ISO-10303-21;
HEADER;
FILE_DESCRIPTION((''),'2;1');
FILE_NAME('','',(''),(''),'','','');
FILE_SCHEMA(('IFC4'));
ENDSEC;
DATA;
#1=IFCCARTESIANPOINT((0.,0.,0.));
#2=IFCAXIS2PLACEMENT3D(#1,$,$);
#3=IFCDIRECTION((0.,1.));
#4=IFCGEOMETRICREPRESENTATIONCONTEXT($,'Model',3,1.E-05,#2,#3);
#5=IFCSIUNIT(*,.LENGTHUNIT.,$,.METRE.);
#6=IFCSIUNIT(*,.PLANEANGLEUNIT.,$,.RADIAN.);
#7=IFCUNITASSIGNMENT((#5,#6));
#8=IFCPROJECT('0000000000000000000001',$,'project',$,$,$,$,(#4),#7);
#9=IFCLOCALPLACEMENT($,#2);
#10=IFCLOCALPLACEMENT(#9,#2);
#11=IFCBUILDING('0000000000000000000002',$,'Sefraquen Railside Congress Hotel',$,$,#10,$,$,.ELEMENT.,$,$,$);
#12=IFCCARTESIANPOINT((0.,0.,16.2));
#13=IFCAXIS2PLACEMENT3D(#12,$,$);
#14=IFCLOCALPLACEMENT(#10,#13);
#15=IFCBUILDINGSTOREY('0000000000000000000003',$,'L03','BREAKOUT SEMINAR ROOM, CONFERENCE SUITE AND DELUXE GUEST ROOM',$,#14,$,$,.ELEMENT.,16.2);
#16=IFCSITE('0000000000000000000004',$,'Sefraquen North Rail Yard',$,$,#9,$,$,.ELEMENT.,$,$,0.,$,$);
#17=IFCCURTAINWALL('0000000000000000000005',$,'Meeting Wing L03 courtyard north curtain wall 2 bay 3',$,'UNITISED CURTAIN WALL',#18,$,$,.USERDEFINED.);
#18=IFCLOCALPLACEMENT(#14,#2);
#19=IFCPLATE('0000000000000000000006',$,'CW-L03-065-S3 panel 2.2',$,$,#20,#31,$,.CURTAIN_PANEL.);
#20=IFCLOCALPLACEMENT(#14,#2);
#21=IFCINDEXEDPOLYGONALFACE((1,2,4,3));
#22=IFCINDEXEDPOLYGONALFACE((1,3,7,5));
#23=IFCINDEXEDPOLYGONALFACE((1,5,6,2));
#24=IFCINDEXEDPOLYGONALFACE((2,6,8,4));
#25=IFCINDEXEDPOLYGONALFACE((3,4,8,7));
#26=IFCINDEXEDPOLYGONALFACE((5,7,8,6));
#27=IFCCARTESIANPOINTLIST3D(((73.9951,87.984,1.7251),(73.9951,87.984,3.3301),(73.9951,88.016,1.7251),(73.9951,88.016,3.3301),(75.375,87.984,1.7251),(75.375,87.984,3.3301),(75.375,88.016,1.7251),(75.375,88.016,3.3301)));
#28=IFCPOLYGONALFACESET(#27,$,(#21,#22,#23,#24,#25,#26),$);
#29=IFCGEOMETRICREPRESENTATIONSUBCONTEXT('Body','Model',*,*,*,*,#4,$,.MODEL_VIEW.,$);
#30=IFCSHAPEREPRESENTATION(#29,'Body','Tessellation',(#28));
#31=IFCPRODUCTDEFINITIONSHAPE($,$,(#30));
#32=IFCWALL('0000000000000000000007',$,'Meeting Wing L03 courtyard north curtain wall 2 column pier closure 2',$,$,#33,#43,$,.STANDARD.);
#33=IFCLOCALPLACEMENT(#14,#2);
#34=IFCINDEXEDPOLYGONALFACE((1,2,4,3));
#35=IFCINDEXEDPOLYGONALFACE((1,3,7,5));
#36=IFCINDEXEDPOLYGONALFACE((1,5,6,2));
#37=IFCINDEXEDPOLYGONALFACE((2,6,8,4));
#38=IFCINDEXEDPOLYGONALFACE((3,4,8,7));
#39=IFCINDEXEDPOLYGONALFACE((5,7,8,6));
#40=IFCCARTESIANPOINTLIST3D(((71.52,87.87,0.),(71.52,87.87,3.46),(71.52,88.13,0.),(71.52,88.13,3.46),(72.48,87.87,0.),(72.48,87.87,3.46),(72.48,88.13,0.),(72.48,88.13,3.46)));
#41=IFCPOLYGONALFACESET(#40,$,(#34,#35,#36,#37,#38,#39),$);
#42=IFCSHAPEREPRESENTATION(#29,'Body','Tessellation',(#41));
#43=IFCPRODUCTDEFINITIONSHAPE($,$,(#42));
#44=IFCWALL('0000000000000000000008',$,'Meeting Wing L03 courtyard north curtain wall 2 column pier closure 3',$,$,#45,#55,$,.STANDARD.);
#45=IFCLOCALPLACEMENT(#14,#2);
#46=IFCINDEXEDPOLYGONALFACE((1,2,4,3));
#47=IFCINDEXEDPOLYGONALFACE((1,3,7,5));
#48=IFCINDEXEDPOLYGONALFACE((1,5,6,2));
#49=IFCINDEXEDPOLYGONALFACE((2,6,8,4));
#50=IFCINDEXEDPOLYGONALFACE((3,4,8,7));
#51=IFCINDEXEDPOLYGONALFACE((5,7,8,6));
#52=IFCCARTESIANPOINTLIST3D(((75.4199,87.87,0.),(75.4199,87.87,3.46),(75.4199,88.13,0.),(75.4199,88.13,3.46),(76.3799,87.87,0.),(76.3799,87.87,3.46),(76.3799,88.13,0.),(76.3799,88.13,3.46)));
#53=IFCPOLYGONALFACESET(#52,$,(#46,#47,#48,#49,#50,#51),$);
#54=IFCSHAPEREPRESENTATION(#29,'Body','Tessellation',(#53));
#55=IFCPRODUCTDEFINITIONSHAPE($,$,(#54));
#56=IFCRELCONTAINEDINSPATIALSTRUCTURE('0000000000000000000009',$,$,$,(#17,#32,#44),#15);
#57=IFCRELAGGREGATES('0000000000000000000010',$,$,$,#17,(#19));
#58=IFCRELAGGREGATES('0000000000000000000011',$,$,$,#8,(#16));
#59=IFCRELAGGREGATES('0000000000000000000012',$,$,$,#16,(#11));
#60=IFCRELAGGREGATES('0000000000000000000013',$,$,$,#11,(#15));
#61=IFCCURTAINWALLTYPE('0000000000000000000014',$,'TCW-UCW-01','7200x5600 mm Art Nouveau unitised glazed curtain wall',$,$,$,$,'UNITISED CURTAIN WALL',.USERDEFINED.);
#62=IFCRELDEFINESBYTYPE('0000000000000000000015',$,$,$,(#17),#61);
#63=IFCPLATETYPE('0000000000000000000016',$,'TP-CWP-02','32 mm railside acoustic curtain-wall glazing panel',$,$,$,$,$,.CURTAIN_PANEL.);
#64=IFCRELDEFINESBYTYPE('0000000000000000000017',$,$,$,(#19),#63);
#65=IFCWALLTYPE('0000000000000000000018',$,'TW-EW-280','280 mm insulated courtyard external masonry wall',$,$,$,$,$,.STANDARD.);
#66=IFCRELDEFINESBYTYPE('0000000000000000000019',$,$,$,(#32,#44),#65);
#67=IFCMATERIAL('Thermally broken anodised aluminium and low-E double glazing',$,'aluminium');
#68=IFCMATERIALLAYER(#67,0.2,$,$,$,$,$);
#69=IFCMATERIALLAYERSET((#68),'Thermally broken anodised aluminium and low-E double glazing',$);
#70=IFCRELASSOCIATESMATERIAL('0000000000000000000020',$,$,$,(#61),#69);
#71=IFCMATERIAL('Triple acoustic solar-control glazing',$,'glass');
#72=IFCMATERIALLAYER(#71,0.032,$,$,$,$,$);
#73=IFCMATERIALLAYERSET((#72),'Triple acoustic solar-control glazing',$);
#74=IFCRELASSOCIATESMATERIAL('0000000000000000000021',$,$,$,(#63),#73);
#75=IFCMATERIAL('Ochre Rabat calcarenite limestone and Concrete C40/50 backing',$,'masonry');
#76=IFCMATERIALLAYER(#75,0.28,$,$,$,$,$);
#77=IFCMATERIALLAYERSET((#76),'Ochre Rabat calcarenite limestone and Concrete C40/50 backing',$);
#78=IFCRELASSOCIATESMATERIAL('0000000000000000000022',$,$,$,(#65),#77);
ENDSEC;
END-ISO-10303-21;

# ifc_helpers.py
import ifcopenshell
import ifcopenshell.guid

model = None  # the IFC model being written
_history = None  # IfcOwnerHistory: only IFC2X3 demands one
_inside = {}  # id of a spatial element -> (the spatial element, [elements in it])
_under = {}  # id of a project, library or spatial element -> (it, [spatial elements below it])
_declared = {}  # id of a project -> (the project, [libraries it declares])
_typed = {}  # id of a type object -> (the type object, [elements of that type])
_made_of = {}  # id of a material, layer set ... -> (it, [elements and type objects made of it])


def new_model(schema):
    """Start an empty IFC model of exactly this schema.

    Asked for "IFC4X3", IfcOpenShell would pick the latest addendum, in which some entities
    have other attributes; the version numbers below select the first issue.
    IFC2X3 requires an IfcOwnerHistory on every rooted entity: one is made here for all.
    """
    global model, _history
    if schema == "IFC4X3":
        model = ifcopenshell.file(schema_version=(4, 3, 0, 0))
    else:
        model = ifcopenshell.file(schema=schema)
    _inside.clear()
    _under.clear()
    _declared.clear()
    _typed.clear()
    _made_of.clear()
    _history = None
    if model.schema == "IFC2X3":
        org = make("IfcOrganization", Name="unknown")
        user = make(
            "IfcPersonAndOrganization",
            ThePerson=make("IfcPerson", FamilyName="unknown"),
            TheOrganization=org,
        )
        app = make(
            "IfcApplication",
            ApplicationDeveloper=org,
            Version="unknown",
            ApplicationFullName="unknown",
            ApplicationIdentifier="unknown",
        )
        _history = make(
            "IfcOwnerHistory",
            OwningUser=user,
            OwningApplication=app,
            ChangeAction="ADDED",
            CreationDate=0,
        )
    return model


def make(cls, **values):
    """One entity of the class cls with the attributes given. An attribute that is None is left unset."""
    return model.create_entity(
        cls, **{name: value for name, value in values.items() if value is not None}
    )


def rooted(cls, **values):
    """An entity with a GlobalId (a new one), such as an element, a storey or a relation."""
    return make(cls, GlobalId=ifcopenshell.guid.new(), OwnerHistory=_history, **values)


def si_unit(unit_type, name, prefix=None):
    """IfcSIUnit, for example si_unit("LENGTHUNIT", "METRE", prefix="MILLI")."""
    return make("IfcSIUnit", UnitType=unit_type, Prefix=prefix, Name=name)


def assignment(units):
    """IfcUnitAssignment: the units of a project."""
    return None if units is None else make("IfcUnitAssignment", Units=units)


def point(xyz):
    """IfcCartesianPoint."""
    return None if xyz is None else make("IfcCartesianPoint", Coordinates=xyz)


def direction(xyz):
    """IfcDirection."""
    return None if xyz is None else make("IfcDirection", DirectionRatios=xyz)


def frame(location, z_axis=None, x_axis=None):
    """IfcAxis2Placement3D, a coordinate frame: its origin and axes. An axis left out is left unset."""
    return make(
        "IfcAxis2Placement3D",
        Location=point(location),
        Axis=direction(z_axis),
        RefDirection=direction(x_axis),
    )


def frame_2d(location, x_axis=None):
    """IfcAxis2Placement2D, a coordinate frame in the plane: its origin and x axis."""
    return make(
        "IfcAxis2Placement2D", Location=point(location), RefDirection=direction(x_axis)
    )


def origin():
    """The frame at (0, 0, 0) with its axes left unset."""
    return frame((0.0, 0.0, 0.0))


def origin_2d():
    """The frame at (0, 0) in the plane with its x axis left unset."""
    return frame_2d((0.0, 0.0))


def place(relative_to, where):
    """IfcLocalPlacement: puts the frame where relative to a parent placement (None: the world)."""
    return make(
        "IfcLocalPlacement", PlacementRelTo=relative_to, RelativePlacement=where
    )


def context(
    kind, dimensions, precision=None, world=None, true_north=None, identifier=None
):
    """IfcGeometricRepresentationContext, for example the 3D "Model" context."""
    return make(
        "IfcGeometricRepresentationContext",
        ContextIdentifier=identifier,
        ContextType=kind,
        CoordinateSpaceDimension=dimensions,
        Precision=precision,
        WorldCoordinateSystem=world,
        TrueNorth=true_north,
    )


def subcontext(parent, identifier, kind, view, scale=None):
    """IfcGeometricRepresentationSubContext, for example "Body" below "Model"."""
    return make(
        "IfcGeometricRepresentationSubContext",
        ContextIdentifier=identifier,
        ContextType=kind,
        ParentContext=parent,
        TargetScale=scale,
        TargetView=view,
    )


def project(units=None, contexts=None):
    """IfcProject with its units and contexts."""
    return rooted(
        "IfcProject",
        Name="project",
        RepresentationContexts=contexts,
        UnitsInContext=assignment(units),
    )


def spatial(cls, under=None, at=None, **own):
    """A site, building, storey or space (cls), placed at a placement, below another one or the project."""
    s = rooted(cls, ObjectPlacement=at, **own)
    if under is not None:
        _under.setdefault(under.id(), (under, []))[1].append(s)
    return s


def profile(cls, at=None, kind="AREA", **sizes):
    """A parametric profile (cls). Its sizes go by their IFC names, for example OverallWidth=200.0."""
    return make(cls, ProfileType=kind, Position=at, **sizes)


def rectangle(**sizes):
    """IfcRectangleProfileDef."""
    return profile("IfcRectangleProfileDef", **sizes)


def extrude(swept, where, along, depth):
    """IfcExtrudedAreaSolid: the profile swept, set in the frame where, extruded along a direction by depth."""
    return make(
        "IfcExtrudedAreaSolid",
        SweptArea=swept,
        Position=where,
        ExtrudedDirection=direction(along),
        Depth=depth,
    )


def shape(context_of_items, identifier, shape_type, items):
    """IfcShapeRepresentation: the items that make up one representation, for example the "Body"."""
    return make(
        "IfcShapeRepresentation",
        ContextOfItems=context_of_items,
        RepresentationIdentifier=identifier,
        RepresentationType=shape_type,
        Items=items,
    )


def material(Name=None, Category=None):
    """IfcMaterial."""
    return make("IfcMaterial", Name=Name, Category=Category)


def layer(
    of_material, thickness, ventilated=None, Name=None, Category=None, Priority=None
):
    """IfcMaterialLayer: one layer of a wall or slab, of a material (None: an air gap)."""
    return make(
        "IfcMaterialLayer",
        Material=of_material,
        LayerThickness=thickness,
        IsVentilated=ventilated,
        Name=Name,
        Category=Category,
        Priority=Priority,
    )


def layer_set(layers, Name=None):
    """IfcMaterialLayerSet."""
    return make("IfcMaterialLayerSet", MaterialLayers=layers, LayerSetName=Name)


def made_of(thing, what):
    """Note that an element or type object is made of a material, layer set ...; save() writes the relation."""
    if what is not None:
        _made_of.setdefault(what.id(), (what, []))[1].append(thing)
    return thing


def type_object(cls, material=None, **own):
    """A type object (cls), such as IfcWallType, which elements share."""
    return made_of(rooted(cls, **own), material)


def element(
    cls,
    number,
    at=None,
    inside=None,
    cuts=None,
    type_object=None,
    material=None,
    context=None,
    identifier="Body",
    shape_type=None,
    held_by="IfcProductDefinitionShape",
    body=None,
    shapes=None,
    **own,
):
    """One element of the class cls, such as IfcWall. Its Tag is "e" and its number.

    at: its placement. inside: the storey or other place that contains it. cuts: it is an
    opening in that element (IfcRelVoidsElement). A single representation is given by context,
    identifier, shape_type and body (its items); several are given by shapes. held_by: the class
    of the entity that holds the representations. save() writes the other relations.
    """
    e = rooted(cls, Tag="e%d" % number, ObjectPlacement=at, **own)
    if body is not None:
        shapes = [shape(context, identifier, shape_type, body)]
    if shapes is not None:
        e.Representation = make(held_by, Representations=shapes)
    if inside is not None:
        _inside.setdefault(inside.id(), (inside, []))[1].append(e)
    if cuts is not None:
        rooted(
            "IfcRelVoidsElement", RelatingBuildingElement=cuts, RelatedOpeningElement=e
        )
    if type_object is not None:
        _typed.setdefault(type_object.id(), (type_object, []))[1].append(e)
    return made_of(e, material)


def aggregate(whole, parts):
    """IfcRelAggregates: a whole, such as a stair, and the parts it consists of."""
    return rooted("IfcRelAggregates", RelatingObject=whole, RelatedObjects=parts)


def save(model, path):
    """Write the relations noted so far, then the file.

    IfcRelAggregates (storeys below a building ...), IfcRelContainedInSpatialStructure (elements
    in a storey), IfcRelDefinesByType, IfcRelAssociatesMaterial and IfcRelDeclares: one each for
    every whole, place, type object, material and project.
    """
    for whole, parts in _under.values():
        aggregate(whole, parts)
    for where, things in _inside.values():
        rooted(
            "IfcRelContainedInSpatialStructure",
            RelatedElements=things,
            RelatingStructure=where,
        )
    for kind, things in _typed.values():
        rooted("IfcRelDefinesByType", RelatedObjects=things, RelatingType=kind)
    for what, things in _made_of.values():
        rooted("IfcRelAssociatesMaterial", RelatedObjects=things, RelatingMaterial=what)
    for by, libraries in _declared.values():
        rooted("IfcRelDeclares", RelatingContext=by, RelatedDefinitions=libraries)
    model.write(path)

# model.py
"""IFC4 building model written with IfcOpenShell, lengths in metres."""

from ifc_helpers import new_model, si_unit, direction, frame, frame_2d, origin, origin_2d, place, context, subcontext, project, spatial, rectangle, extrude, material, layer, layer_set, type_object, element, aggregate, save


model = new_model("IFC4")

# Units and contexts
model_context = context("Model", 3, precision=1e-05, world=origin(), true_north=direction((0.0, 1.0)))
body_context = subcontext(model_context, "Body", "Model", "MODEL_VIEW")
ifc_project = project(units=[si_unit("LENGTHUNIT", "METRE"), si_unit("PLANEANGLEUNIT", "RADIAN")], contexts=[model_context])

# Site, building, storey
site_placement = place(None, origin())
site = spatial("IfcSite", under=ifc_project, at=site_placement, Name="Sefraquen North Rail Yard", CompositionType="ELEMENT", RefElevation=0.0)
building_placement = place(site_placement, origin())
building = spatial("IfcBuilding", under=site, at=building_placement, Name="Sefraquen Railside Congress Hotel", CompositionType="ELEMENT")
storey_placement = place(building_placement, frame((0.0, 0.0, 16.2)))
storey = spatial("IfcBuildingStorey", under=building, at=storey_placement, Name="L03", Description="BREAKOUT SEMINAR ROOM, CONFERENCE SUITE AND DELUXE GUEST ROOM", CompositionType="ELEMENT", Elevation=16.2)

# Curtain wall
ifc_material_1 = material(Name="Thermally broken anodised aluminium and low-E double glazing", Category="aluminium")
ifc_layer_1 = layer(ifc_material_1, 0.2)
ifc_layer_set_1 = layer_set([ifc_layer_1], Name="Thermally broken anodised aluminium and low-E double glazing")
curtain_wall_type = type_object("IfcCurtainWallType", Name="TCW-UCW-01", Description="7200x5600 mm Art Nouveau unitised glazed curtain wall", ElementType="UNITISED CURTAIN WALL", PredefinedType="USERDEFINED", material=ifc_layer_set_1)
curtain_wall_1_placement = place(storey_placement, origin())
curtain_wall_1 = element("IfcCurtainWall", 1, at=curtain_wall_1_placement, inside=storey, type_object=curtain_wall_type, Name="Meeting Wing L03 courtyard north curtain wall 2 bay 3", ObjectType="UNITISED CURTAIN WALL", PredefinedType="USERDEFINED")

# Plate
ifc_material_2 = material(Name="Triple acoustic solar-control glazing", Category="glass")
ifc_layer_2 = layer(ifc_material_2, 0.032)
ifc_layer_set_2 = layer_set([ifc_layer_2], Name="Triple acoustic solar-control glazing")
plate_type_1 = type_object("IfcPlateType", Name="TP-CWP-02", Description="32 mm railside acoustic curtain-wall glazing panel", PredefinedType="CURTAIN_PANEL", material=ifc_layer_set_2)
plate_1_placement = place(storey_placement, frame((74.6851, 88.0, 1.7251), z_axis=(0.0, 0.0, 1.0), x_axis=(1.0, 0.0, 0.0)))
plate_1 = element("IfcPlate", 2, at=plate_1_placement, type_object=plate_type_1, Name="CW-L03-065-S3 panel 2.2", PredefinedType="CURTAIN_PANEL", context=body_context, shape_type="SweptSolid", body=[
    extrude(rectangle(XDim=1.3799, YDim=0.032, at=origin_2d()), origin(), (0.0, 0.0, 1.0), 1.605),
])
aggregate(curtain_wall_1, [plate_1])

# Walls
ifc_material_3 = material(Name="Ochre Rabat calcarenite limestone and Concrete C40/50 backing", Category="masonry")
ifc_layer_3 = layer(ifc_material_3, 0.28)
ifc_layer_set_3 = layer_set([ifc_layer_3], Name="Ochre Rabat calcarenite limestone and Concrete C40/50 backing")
wall_type = type_object("IfcWallType", Name="TW-EW-280", Description="280 mm insulated courtyard external masonry wall", PredefinedType="STANDARD", material=ifc_layer_set_3)
for number, where, z_axis, x_axis, name in (
    (3, (71.52, 88.0, 0.0), (0.0, 0.0, 1.0), (1.0, 0.0, 0.0), "Meeting Wing L03 courtyard north curtain wall 2 column pier closure 2"),
    (4, (75.4199, 88.0, 0.0), (0.0, 0.0, 1.0), (1.0, 0.0, 0.0), "Meeting Wing L03 courtyard north curtain wall 2 column pier closure 3"),
):
    element("IfcWall", number, at=place(storey_placement, frame(where, z_axis=z_axis, x_axis=x_axis)), inside=storey, type_object=wall_type, Name=name, PredefinedType="STANDARD", context=body_context, shape_type="SweptSolid", body=[
        extrude(rectangle(XDim=0.96, YDim=0.26, at=frame_2d((0.48, 0.0))), origin(), (0.0, 0.0, 1.0), 3.46),
    ])

save(model, "model.ifc")
